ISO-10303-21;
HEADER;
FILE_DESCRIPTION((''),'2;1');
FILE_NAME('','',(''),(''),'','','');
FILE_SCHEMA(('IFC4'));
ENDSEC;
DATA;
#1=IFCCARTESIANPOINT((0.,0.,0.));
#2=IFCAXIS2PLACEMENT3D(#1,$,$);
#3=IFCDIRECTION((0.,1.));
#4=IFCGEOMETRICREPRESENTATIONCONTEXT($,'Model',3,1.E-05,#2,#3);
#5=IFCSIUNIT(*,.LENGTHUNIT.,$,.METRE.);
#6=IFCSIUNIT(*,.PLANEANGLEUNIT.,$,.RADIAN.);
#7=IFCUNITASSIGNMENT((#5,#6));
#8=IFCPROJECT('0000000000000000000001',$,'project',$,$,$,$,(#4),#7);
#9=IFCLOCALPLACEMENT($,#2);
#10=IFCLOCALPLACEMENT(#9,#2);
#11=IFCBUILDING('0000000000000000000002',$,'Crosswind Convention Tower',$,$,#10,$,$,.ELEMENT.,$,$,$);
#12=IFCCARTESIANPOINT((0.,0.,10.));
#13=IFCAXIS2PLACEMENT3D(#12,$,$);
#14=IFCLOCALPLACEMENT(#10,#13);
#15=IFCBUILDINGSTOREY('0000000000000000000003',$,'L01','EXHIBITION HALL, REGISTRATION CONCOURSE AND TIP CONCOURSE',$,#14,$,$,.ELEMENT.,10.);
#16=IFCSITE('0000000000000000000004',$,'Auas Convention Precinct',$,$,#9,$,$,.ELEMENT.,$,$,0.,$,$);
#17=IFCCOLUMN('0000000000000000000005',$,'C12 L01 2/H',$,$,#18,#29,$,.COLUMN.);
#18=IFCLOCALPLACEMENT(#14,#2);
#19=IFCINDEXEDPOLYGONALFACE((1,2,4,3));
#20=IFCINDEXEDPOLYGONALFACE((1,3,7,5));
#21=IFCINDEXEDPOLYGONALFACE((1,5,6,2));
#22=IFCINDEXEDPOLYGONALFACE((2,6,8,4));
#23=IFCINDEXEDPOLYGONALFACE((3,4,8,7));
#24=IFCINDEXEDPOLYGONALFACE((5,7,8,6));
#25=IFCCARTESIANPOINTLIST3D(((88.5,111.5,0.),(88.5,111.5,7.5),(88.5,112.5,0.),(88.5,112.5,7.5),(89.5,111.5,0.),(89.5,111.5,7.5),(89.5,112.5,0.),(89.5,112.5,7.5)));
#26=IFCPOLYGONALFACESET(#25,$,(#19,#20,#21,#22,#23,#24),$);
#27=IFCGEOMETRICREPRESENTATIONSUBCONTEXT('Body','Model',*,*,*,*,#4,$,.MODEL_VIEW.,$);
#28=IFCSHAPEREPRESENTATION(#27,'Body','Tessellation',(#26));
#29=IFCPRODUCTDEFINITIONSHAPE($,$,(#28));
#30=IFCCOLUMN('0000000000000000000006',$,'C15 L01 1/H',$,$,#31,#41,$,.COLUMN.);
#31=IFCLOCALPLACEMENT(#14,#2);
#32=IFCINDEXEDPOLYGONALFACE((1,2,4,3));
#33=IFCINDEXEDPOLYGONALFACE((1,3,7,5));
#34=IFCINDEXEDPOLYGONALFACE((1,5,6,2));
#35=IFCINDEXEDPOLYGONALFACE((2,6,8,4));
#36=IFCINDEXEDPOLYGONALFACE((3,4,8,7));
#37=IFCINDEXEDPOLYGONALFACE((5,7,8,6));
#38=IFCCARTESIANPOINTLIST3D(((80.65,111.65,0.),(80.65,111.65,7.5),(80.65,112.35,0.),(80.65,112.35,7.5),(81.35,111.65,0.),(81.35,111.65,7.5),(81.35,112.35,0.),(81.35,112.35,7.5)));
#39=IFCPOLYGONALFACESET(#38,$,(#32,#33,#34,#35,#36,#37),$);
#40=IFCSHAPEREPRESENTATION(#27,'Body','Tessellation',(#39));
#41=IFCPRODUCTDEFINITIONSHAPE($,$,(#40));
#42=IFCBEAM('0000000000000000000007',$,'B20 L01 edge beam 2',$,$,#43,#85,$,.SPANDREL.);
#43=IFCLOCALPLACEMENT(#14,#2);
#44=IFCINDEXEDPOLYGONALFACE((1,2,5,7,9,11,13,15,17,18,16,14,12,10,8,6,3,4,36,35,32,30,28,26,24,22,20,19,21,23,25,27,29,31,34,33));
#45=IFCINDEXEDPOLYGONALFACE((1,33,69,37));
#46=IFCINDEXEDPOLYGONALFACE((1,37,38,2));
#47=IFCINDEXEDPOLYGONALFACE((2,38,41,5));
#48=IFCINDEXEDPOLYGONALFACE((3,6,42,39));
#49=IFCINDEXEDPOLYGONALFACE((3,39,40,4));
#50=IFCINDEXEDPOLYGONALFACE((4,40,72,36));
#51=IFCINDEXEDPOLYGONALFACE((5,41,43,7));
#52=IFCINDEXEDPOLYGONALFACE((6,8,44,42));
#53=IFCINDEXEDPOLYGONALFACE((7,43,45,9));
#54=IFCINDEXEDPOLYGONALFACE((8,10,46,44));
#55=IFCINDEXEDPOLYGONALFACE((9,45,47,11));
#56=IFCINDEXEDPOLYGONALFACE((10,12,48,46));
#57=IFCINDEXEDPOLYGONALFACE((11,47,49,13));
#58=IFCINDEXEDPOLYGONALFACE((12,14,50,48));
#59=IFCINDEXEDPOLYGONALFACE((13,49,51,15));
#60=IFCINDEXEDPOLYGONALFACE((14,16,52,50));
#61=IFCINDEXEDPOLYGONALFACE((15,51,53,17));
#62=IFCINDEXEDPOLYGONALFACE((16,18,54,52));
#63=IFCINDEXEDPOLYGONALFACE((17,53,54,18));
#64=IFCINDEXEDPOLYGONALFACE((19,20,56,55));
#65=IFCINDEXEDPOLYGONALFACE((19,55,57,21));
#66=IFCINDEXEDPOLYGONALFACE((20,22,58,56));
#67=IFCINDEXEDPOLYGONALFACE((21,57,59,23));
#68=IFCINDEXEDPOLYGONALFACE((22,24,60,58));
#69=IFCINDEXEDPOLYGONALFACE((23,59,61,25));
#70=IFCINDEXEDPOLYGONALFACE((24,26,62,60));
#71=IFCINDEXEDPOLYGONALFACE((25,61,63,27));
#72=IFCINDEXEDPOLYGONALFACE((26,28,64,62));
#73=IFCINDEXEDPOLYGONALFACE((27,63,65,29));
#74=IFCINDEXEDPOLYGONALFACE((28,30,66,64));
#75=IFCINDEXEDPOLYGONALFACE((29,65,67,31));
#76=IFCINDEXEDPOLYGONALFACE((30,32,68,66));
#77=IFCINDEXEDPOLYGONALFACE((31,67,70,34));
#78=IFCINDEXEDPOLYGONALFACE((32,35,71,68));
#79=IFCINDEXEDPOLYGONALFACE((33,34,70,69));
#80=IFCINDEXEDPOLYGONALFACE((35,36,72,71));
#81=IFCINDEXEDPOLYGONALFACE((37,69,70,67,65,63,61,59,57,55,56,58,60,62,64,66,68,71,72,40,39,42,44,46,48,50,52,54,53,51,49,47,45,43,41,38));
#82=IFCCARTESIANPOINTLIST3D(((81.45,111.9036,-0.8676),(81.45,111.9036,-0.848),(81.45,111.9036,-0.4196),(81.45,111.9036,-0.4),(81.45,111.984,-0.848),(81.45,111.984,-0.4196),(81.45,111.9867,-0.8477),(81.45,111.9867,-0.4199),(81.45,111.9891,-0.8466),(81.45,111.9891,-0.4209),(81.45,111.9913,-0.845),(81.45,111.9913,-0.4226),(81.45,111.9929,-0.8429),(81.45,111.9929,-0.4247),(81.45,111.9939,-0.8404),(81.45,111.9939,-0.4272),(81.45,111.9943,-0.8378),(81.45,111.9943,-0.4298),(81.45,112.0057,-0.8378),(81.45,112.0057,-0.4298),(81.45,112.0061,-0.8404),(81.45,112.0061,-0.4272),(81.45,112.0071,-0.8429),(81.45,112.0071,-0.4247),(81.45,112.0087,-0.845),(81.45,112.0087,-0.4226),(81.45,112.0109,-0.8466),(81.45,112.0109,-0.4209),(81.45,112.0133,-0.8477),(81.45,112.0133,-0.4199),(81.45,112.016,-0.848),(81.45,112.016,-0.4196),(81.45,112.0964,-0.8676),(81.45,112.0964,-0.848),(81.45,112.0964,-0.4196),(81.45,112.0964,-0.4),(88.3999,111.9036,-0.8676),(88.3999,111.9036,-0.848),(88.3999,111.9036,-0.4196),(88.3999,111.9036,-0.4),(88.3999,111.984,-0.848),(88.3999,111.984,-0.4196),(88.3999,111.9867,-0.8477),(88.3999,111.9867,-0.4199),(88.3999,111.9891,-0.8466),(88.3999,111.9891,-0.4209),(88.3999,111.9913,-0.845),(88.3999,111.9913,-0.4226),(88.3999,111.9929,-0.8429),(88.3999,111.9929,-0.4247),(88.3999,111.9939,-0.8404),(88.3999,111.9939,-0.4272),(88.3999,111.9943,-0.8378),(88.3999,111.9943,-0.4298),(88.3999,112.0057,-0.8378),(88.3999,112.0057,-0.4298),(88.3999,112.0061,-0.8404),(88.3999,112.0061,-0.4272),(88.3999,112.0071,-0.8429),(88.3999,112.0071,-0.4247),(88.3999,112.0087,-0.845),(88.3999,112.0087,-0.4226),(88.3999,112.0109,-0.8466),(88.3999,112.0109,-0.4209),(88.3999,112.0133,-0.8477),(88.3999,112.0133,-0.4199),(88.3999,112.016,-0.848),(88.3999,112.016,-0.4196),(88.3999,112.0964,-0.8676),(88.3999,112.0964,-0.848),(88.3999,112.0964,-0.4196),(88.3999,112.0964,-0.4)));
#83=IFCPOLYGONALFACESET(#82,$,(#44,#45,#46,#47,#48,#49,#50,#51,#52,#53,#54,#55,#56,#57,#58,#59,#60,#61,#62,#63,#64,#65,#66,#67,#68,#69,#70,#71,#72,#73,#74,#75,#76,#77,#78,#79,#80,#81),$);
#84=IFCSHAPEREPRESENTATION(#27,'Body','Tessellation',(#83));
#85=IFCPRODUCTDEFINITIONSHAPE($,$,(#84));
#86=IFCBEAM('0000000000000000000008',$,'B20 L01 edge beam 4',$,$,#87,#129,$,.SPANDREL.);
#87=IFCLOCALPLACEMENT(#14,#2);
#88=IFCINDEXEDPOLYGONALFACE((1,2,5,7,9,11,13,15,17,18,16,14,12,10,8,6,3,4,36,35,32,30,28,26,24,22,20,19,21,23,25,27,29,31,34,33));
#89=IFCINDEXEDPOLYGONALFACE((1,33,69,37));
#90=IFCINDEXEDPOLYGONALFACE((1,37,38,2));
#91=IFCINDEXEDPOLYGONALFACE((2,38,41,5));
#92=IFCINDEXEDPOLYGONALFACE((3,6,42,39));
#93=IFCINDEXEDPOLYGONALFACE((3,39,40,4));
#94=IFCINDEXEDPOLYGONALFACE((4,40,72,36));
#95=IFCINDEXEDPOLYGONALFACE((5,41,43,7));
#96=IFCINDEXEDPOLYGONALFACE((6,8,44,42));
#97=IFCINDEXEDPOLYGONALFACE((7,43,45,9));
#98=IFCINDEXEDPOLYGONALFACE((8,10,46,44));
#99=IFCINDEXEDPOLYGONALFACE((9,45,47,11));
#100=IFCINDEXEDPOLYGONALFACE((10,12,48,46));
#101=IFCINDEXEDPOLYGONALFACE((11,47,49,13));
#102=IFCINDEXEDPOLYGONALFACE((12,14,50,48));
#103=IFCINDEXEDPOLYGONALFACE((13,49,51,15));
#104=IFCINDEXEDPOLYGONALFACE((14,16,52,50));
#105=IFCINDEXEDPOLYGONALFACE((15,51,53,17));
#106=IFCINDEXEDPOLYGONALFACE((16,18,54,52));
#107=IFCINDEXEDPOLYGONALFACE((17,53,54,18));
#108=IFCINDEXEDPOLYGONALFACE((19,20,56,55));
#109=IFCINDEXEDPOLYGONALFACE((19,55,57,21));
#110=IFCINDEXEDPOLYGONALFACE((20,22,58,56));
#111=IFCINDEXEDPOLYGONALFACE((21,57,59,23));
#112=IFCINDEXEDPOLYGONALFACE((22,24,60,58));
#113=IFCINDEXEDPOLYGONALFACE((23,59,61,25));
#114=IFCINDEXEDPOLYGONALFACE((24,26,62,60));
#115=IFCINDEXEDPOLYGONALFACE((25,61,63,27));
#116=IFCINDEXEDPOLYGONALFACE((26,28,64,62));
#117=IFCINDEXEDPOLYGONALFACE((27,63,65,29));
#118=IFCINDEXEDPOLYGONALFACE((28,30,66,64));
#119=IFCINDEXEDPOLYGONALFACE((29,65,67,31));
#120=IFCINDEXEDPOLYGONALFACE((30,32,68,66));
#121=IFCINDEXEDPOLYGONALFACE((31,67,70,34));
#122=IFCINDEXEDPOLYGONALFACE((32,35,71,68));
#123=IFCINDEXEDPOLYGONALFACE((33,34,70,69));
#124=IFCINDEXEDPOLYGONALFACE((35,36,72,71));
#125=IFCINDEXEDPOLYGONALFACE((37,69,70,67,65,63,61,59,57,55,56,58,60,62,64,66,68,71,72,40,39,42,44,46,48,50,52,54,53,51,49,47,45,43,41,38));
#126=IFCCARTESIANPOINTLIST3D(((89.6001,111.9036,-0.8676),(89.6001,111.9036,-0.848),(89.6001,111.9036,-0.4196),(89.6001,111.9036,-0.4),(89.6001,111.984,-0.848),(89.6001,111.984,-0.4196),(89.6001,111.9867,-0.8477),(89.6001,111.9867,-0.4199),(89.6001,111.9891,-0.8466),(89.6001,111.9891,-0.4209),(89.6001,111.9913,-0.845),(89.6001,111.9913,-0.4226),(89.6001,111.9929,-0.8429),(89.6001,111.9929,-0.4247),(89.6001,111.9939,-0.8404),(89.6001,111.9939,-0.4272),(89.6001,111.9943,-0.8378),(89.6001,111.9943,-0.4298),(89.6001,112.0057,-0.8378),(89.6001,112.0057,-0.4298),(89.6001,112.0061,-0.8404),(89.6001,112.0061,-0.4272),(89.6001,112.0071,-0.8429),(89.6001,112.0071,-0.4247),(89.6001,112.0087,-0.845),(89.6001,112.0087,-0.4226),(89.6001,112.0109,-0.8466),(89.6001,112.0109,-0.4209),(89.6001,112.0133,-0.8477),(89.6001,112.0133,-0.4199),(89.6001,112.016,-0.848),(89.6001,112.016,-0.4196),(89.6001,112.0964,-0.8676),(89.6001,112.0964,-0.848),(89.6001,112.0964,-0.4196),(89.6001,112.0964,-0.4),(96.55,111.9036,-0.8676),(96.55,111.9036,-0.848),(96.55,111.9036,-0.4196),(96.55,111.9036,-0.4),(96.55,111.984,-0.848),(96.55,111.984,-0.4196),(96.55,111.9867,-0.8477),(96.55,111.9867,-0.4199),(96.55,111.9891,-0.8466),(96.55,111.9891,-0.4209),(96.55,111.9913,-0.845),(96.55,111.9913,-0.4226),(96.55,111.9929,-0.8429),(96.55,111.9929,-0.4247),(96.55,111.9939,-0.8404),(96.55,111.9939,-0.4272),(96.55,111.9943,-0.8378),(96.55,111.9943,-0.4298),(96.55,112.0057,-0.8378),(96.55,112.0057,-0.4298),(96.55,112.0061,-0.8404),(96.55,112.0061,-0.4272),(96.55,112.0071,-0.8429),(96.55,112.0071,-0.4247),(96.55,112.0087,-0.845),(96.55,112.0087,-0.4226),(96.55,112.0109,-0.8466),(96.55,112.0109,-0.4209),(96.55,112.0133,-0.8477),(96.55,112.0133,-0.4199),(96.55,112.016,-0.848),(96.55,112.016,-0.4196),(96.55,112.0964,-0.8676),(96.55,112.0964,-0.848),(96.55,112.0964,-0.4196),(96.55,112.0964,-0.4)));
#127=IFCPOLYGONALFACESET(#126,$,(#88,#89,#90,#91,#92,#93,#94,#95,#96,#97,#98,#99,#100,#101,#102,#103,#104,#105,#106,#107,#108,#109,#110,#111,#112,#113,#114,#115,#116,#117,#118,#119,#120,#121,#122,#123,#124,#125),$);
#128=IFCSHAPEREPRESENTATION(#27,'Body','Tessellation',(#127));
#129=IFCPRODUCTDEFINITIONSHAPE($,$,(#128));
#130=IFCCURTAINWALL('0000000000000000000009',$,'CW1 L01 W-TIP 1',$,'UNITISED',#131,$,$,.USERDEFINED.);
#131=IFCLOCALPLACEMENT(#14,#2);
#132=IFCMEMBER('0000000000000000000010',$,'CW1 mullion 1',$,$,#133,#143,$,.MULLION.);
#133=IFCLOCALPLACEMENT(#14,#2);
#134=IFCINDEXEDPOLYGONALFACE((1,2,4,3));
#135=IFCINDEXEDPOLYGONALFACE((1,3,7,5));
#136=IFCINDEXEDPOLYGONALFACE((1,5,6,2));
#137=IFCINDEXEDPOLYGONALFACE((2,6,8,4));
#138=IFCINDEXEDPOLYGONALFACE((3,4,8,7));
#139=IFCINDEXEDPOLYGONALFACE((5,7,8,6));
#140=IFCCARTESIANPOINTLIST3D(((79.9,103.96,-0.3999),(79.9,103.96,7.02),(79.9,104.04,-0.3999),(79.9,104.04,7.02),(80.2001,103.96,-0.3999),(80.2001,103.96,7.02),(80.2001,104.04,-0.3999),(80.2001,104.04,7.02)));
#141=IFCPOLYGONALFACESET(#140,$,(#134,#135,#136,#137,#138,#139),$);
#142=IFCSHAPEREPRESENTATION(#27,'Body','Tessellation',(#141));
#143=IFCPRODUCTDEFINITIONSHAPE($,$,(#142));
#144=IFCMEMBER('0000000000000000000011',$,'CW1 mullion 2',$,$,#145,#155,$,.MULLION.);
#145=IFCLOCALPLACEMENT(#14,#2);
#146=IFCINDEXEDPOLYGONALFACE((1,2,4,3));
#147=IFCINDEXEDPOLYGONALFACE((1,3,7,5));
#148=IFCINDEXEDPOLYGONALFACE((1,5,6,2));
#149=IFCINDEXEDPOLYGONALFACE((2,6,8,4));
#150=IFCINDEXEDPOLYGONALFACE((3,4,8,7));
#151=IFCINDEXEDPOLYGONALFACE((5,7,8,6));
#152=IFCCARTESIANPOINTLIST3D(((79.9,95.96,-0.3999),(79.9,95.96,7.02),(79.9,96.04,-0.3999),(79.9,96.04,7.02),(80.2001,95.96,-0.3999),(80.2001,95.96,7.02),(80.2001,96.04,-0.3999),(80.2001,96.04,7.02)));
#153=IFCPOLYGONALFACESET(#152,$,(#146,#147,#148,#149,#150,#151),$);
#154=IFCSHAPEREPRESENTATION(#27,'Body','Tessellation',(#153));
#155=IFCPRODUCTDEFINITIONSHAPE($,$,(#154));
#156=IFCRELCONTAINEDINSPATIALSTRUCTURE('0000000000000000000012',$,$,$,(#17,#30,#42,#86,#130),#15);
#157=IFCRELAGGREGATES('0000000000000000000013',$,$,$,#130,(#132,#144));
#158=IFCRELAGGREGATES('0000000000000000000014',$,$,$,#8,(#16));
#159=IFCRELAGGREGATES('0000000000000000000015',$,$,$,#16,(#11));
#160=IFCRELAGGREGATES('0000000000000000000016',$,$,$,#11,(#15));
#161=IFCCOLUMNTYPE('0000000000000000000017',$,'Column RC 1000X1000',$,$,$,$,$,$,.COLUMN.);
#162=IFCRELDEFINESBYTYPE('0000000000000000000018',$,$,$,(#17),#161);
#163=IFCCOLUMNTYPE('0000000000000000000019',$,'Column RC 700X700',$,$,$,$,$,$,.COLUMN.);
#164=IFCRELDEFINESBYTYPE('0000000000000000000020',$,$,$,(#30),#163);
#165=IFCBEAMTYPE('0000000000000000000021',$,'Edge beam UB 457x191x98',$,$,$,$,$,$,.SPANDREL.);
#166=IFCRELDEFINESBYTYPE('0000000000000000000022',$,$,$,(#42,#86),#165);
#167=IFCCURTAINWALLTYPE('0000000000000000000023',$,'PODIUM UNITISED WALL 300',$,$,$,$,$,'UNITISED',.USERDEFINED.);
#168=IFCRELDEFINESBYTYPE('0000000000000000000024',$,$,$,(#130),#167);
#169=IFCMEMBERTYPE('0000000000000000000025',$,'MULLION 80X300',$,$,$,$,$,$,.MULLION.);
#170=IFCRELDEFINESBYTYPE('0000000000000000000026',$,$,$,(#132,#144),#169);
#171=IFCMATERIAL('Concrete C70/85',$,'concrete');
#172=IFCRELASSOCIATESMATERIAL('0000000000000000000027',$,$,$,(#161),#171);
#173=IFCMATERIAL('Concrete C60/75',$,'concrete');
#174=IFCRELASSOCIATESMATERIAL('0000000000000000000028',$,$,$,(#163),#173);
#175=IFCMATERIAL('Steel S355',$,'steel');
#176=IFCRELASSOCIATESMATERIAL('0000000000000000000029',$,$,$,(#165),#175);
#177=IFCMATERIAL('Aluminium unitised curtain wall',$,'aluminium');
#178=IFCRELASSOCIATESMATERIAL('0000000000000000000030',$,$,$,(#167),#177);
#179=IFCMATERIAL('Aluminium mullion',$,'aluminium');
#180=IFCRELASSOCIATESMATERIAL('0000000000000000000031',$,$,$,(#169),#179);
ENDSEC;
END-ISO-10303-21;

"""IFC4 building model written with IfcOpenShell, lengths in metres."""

from ifc_helpers import new_model, si_unit, direction, frame, origin, origin_2d, place, context, subcontext, project, spatial, rectangle, i_section, extrude, material, material_profile, profile_set, type_object, element, aggregate, save


model = new_model("IFC4")

# Units and contexts
model_context = context("Model", 3, precision=1e-05, world=origin(), true_north=direction((0.0, 1.0)))
body_context = subcontext(model_context, "Body", "Model", "MODEL_VIEW")
ifc_project = project(units=[si_unit("LENGTHUNIT", "METRE"), si_unit("PLANEANGLEUNIT", "RADIAN")], contexts=[model_context])

# Site, building, storey
site_placement = place(None, origin())
site = spatial("IfcSite", under=ifc_project, at=site_placement, Name="Auas Convention Precinct", CompositionType="ELEMENT", RefElevation=0.0)
building_placement = place(site_placement, origin())
building = spatial("IfcBuilding", under=site, at=building_placement, Name="Crosswind Convention Tower", CompositionType="ELEMENT")
storey_placement = place(building_placement, frame((0.0, 0.0, 10.0)))
storey = spatial("IfcBuildingStorey", under=building, at=storey_placement, Name="L01", Description="EXHIBITION HALL, REGISTRATION CONCOURSE AND TIP CONCOURSE", CompositionType="ELEMENT", Elevation=10.0)

# Columns
ifc_material_1 = material(Name="Concrete C70/85", Category="concrete")
ifc_material_profile_1 = material_profile(ifc_material_1, rectangle(XDim=1.0, YDim=1.0, at=origin_2d()), Name="RC 1000X1000")
ifc_profile_set_1 = profile_set([ifc_material_profile_1], Name="Concrete C70/85")
column_type_1 = type_object("IfcColumnType", Name="Column RC 1000X1000", PredefinedType="COLUMN", material=ifc_profile_set_1)
column_1_placement = place(storey_placement, frame((89.0, 112.0, 0.0), z_axis=(0.0, 0.0, 1.0), x_axis=(1.0, 0.0, 0.0)))
element("IfcColumn", 1, at=column_1_placement, inside=storey, type_object=column_type_1, Name="C12 L01 2/H", PredefinedType="COLUMN", context=body_context, shape_type="SweptSolid", body=[
    extrude(rectangle(XDim=1.0, YDim=1.0, at=origin_2d()), origin(), (0.0, 0.0, 1.0), 7.5),
])
ifc_material_2 = material(Name="Concrete C60/75", Category="concrete")
ifc_material_profile_2 = material_profile(ifc_material_2, rectangle(XDim=0.7, YDim=0.7, at=origin_2d()), Name="RC 700X700")
ifc_profile_set_2 = profile_set([ifc_material_profile_2], Name="Concrete C60/75")
column_type_2 = type_object("IfcColumnType", Name="Column RC 700X700", PredefinedType="COLUMN", material=ifc_profile_set_2)
column_2_placement = place(storey_placement, frame((81.0, 112.0, 0.0), z_axis=(0.0, 0.0, 1.0), x_axis=(1.0, 0.0, 0.0)))
element("IfcColumn", 2, at=column_2_placement, inside=storey, type_object=column_type_2, Name="C15 L01 1/H", PredefinedType="COLUMN", context=body_context, shape_type="SweptSolid", body=[
    extrude(rectangle(XDim=0.7, YDim=0.7, at=origin_2d()), origin(), (0.0, 0.0, 1.0), 7.5),
])

# Beams
ifc_material_3 = material(Name="Steel S355", Category="steel")
ifc_material_profile_3 = material_profile(ifc_material_3, i_section(OverallWidth=0.1929, OverallDepth=0.4675, WebThickness=0.0115, FlangeThickness=0.0195, FilletRadius=0.0103, at=origin_2d()), Name="UB 457x191x98")
ifc_profile_set_3 = profile_set([ifc_material_profile_3], Name="Steel S355")
beam_type_1 = type_object("IfcBeamType", Name="Edge beam UB 457x191x98", PredefinedType="SPANDREL", material=ifc_profile_set_3)
for number, where, z_axis, x_axis, name in (
    (3, (81.45, 112.0, -0.6338), (1.0, 0.0, 0.0), (0.0, 1.0, 0.0), "B20 L01 edge beam 2"),
    (4, (89.6001, 112.0, -0.6338), (1.0, 0.0, 0.0), (0.0, 1.0, 0.0), "B20 L01 edge beam 4"),
):
    element("IfcBeam", number, at=place(storey_placement, frame(where, z_axis=z_axis, x_axis=x_axis)), inside=storey, type_object=beam_type_1, Name=name, PredefinedType="SPANDREL", context=body_context, shape_type="SweptSolid", body=[
        extrude(i_section(OverallWidth=0.1929, OverallDepth=0.4675, WebThickness=0.0115, FlangeThickness=0.0195, FilletRadius=0.0103, at=origin_2d()), origin(), (0.0, 0.0, 1.0), 6.95),
    ])

# Curtain wall, members
ifc_material_4 = material(Name="Aluminium unitised curtain wall", Category="aluminium")
curtain_wall_type = type_object("IfcCurtainWallType", Name="PODIUM UNITISED WALL 300", ElementType="UNITISED", PredefinedType="USERDEFINED", material=ifc_material_4)
curtain_wall_placement = place(storey_placement, origin())
curtain_wall = element("IfcCurtainWall", 5, at=curtain_wall_placement, inside=storey, type_object=curtain_wall_type, Name="CW1 L01 W-TIP 1", ObjectType="UNITISED", PredefinedType="USERDEFINED")
ifc_material_5 = material(Name="Aluminium mullion", Category="aluminium")
ifc_material_profile_4 = material_profile(ifc_material_5, rectangle(XDim=0.3, YDim=0.0801, at=origin_2d()), Name="AL 300X80")
ifc_profile_set_4 = profile_set([ifc_material_profile_4], Name="Aluminium mullion")
member_type_1 = type_object("IfcMemberType", Name="MULLION 80X300", PredefinedType="MULLION", material=ifc_profile_set_4)
member_1_placement = place(storey_placement, frame((80.05, 104.0, -0.3999), z_axis=(0.0, 0.0, 1.0), x_axis=(-1.0, 0.0, 0.0)))
member_1 = element("IfcMember", 6, at=member_1_placement, type_object=member_type_1, Name="CW1 mullion 1", PredefinedType="MULLION", context=body_context, shape_type="SweptSolid", body=[
    extrude(rectangle(XDim=0.3, YDim=0.0801, at=origin_2d()), origin(), (0.0, 0.0, 1.0), 7.4199),
])
member_2_placement = place(storey_placement, frame((80.05, 96.0, -0.3999), z_axis=(0.0, 0.0, 1.0), x_axis=(-1.0, 0.0, 0.0)))
member_2 = element("IfcMember", 7, at=member_2_placement, type_object=member_type_1, Name="CW1 mullion 2", PredefinedType="MULLION", context=body_context, shape_type="SweptSolid", body=[
    extrude(rectangle(XDim=0.3, YDim=0.0801, at=origin_2d()), origin(), (0.0, 0.0, 1.0), 7.4199),
])

aggregate(curtain_wall, [member_1, member_2])

save(model, "model.ifc")
